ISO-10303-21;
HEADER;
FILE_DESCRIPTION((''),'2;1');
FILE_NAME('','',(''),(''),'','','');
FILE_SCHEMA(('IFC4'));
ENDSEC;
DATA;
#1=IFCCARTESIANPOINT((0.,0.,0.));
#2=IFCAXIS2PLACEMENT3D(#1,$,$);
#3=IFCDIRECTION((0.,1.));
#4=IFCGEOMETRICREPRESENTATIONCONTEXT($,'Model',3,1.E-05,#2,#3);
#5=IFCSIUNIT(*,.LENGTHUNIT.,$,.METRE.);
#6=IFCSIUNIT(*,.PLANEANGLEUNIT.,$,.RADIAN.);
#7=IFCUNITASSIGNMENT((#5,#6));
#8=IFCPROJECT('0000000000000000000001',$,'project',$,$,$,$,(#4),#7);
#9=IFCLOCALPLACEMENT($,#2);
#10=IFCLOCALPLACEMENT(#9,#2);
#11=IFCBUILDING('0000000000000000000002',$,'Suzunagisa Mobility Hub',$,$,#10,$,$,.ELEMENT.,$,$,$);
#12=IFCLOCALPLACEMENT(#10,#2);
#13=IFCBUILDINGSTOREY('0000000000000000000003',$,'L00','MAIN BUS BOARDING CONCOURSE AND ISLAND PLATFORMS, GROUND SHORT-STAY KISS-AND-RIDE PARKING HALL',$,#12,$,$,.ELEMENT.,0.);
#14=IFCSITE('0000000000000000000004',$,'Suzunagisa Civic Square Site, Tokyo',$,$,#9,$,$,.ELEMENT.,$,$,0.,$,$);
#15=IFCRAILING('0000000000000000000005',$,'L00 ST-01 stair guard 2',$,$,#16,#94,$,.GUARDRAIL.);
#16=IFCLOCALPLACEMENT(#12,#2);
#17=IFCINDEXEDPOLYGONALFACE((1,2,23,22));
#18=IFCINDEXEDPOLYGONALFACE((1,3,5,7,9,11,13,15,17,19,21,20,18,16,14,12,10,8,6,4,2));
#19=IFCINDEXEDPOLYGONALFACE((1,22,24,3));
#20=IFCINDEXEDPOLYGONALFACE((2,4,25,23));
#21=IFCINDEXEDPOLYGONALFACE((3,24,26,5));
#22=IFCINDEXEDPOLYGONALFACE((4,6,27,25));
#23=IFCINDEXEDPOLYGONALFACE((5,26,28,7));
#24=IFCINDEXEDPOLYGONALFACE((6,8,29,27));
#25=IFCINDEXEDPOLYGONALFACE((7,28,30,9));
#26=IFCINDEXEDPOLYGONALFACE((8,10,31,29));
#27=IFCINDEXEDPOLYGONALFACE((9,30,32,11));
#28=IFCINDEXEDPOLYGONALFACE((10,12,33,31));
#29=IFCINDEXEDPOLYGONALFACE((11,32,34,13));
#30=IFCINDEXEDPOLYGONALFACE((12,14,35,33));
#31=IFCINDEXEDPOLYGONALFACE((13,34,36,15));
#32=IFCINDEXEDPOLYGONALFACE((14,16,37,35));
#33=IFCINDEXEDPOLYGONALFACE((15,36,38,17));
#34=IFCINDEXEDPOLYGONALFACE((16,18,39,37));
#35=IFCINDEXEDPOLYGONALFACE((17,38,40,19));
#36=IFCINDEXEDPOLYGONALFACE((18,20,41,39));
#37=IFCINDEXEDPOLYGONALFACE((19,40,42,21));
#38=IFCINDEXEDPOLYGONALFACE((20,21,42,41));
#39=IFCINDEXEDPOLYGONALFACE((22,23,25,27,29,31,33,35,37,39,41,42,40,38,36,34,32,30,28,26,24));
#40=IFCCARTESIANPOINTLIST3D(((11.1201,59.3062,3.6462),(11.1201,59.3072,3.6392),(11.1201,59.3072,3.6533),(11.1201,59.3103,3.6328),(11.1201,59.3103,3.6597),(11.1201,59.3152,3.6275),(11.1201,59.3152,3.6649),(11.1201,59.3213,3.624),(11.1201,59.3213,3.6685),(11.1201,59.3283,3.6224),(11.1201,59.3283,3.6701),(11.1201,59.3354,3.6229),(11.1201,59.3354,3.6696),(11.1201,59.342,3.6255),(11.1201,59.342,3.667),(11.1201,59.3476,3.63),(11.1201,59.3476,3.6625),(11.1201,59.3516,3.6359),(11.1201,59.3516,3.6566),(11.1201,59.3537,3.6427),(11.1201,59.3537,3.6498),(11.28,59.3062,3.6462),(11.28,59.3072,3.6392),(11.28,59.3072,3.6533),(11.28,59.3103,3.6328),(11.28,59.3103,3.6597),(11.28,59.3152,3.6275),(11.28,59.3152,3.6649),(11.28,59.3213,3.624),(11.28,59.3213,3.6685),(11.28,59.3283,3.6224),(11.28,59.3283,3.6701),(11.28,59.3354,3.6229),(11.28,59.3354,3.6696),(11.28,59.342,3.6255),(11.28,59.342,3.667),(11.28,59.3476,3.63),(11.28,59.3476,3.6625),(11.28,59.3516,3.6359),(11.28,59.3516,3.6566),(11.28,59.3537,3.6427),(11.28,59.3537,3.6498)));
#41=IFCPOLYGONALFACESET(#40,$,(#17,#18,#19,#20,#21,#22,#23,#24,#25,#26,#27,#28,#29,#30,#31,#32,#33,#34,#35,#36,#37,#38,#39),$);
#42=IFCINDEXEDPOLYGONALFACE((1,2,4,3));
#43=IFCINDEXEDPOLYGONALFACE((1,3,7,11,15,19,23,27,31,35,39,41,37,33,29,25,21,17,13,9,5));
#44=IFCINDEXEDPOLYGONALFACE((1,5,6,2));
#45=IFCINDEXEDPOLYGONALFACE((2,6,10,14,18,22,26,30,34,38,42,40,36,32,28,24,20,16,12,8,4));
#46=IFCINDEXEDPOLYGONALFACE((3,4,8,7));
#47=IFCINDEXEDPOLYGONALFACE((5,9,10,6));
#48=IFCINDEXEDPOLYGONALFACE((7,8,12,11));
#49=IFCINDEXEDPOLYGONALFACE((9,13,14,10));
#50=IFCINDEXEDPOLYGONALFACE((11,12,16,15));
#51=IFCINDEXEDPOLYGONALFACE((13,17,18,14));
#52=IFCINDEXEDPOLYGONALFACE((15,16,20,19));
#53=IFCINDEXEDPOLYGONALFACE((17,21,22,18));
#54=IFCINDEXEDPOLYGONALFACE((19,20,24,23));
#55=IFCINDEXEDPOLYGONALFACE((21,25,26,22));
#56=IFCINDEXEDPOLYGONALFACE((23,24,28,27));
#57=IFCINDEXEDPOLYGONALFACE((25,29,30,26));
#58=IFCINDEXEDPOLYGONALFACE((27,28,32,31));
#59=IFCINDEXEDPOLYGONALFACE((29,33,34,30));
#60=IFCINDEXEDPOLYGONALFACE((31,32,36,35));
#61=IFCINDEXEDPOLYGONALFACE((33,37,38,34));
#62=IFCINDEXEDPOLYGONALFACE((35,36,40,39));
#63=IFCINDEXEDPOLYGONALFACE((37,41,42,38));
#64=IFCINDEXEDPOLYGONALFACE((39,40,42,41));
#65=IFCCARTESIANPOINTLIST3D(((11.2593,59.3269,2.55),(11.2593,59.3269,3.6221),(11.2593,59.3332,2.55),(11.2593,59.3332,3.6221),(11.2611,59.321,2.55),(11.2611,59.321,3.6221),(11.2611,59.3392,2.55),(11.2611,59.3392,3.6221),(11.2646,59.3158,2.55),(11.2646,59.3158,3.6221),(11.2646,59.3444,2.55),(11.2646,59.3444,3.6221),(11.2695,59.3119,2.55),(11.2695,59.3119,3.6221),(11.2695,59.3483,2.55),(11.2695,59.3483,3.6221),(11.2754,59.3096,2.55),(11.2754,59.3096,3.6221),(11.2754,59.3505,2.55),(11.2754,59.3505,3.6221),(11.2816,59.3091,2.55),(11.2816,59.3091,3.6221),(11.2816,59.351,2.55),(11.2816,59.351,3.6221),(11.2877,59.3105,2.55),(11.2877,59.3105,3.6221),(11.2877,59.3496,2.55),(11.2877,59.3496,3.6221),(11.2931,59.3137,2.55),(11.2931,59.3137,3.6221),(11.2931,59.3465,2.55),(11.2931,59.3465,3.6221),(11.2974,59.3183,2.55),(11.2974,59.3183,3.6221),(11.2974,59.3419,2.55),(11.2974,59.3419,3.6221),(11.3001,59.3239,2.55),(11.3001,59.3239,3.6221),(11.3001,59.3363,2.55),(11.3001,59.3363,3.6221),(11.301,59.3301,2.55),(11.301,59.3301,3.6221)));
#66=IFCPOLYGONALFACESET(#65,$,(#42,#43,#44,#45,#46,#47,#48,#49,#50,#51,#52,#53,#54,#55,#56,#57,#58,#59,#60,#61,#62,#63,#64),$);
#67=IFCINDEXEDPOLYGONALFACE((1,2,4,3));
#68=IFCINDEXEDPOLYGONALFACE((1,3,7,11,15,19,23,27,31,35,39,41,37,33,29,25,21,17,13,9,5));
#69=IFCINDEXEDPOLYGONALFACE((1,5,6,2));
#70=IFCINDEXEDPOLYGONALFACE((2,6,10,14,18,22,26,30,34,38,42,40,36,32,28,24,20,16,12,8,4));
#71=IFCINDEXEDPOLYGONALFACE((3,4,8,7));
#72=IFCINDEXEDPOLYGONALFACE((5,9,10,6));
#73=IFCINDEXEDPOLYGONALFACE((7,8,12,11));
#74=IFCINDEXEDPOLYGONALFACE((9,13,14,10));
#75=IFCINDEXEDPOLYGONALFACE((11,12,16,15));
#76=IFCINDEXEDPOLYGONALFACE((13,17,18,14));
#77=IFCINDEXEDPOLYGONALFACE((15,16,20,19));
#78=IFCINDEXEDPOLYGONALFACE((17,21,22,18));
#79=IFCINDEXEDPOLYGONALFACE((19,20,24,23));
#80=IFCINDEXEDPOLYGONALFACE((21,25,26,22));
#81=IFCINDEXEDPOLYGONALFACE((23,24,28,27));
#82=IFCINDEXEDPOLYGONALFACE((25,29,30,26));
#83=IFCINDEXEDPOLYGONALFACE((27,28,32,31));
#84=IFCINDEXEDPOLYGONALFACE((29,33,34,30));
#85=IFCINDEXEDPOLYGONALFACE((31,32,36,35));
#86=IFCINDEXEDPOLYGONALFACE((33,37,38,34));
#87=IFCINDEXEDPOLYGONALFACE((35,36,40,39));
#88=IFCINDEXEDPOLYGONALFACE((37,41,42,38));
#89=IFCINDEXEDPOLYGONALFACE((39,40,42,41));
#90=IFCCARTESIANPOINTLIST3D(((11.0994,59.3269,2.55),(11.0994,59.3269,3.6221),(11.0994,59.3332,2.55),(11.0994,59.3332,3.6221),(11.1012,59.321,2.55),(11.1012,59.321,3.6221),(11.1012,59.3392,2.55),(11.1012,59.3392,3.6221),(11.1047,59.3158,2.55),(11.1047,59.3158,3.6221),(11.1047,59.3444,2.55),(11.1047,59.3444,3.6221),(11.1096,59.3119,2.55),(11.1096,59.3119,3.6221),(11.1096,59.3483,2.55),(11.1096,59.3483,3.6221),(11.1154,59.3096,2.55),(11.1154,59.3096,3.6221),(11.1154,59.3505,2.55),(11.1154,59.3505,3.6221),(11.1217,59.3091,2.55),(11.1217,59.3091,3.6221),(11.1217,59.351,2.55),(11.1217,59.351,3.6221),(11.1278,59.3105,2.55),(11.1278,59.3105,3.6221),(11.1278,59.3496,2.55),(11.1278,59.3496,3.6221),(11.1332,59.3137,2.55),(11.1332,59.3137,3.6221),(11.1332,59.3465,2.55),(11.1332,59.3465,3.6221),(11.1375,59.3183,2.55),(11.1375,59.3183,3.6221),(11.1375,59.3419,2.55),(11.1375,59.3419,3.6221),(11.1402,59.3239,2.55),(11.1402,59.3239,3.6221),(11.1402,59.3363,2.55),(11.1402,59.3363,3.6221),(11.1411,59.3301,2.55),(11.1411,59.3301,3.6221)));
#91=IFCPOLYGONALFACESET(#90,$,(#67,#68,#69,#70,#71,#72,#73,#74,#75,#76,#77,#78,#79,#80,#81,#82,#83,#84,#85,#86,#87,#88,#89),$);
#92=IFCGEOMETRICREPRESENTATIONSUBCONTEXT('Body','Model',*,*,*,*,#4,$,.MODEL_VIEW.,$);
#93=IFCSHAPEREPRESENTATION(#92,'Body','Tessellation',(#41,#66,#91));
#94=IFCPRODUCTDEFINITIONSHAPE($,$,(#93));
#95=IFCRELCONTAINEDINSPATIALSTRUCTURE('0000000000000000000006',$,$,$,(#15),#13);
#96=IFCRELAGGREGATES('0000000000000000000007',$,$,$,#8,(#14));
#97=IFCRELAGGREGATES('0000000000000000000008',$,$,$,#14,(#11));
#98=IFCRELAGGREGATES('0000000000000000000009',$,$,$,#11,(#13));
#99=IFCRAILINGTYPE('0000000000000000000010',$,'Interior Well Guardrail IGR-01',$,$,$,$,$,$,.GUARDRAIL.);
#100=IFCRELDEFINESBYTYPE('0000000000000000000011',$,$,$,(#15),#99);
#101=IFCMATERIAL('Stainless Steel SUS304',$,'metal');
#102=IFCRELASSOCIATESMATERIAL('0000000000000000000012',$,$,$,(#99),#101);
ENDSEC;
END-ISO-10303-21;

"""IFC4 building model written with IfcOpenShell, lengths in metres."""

from ifc_helpers import new_model, si_unit, direction, frame, origin, origin_2d, place, context, subcontext, project, spatial, circle, extrude, material, type_object, element, save


model = new_model("IFC4")

# Units and contexts
model_context = context("Model", 3, precision=1e-05, world=origin(), true_north=direction((0.0, 1.0)))
body_context = subcontext(model_context, "Body", "Model", "MODEL_VIEW")
ifc_project = project(units=[si_unit("LENGTHUNIT", "METRE"), si_unit("PLANEANGLEUNIT", "RADIAN")], contexts=[model_context])

# Site, building, storey
site_placement = place(None, origin())
site = spatial("IfcSite", under=ifc_project, at=site_placement, Name="Suzunagisa Civic Square Site, Tokyo", CompositionType="ELEMENT", RefElevation=0.0)
building_placement = place(site_placement, origin())
building = spatial("IfcBuilding", under=site, at=building_placement, Name="Suzunagisa Mobility Hub", CompositionType="ELEMENT")
storey_placement = place(building_placement, origin())
storey = spatial("IfcBuildingStorey", under=building, at=storey_placement, Name="L00", Description="MAIN BUS BOARDING CONCOURSE AND ISLAND PLATFORMS, GROUND SHORT-STAY KISS-AND-RIDE PARKING HALL", CompositionType="ELEMENT", Elevation=0.0)

# Railing
ifc_material_1 = material(Name="Stainless Steel SUS304", Category="metal")
railing_type_1 = type_object("IfcRailingType", Name="Interior Well Guardrail IGR-01", PredefinedType="GUARDRAIL", material=ifc_material_1)
railing_1_placement = place(storey_placement, frame((11.28, 59.3301, 2.55)))
element("IfcRailing", 1, at=railing_1_placement, inside=storey, type_object=railing_type_1, Name="L00 ST-01 stair guard 2", PredefinedType="GUARDRAIL", context=body_context, shape_type="SweptSolid", body=[
    extrude(circle(Radius=0.0239, at=origin_2d()), frame((0.0, 0.0, 1.0962), z_axis=(-1.0, 0.0, 0.0), x_axis=(0.0, -1.0, 0.0)), (0.0, 0.0, 1.0), 0.1599),
    extrude(circle(Radius=0.021, at=origin_2d()), origin(), (0.0, 0.0, 1.0), 1.072),
    extrude(circle(Radius=0.021, at=origin_2d()), frame((-0.1599, 0.0, 0.0)), (0.0, 0.0, 1.0), 1.072),
])

save(model, "model.ifc")
